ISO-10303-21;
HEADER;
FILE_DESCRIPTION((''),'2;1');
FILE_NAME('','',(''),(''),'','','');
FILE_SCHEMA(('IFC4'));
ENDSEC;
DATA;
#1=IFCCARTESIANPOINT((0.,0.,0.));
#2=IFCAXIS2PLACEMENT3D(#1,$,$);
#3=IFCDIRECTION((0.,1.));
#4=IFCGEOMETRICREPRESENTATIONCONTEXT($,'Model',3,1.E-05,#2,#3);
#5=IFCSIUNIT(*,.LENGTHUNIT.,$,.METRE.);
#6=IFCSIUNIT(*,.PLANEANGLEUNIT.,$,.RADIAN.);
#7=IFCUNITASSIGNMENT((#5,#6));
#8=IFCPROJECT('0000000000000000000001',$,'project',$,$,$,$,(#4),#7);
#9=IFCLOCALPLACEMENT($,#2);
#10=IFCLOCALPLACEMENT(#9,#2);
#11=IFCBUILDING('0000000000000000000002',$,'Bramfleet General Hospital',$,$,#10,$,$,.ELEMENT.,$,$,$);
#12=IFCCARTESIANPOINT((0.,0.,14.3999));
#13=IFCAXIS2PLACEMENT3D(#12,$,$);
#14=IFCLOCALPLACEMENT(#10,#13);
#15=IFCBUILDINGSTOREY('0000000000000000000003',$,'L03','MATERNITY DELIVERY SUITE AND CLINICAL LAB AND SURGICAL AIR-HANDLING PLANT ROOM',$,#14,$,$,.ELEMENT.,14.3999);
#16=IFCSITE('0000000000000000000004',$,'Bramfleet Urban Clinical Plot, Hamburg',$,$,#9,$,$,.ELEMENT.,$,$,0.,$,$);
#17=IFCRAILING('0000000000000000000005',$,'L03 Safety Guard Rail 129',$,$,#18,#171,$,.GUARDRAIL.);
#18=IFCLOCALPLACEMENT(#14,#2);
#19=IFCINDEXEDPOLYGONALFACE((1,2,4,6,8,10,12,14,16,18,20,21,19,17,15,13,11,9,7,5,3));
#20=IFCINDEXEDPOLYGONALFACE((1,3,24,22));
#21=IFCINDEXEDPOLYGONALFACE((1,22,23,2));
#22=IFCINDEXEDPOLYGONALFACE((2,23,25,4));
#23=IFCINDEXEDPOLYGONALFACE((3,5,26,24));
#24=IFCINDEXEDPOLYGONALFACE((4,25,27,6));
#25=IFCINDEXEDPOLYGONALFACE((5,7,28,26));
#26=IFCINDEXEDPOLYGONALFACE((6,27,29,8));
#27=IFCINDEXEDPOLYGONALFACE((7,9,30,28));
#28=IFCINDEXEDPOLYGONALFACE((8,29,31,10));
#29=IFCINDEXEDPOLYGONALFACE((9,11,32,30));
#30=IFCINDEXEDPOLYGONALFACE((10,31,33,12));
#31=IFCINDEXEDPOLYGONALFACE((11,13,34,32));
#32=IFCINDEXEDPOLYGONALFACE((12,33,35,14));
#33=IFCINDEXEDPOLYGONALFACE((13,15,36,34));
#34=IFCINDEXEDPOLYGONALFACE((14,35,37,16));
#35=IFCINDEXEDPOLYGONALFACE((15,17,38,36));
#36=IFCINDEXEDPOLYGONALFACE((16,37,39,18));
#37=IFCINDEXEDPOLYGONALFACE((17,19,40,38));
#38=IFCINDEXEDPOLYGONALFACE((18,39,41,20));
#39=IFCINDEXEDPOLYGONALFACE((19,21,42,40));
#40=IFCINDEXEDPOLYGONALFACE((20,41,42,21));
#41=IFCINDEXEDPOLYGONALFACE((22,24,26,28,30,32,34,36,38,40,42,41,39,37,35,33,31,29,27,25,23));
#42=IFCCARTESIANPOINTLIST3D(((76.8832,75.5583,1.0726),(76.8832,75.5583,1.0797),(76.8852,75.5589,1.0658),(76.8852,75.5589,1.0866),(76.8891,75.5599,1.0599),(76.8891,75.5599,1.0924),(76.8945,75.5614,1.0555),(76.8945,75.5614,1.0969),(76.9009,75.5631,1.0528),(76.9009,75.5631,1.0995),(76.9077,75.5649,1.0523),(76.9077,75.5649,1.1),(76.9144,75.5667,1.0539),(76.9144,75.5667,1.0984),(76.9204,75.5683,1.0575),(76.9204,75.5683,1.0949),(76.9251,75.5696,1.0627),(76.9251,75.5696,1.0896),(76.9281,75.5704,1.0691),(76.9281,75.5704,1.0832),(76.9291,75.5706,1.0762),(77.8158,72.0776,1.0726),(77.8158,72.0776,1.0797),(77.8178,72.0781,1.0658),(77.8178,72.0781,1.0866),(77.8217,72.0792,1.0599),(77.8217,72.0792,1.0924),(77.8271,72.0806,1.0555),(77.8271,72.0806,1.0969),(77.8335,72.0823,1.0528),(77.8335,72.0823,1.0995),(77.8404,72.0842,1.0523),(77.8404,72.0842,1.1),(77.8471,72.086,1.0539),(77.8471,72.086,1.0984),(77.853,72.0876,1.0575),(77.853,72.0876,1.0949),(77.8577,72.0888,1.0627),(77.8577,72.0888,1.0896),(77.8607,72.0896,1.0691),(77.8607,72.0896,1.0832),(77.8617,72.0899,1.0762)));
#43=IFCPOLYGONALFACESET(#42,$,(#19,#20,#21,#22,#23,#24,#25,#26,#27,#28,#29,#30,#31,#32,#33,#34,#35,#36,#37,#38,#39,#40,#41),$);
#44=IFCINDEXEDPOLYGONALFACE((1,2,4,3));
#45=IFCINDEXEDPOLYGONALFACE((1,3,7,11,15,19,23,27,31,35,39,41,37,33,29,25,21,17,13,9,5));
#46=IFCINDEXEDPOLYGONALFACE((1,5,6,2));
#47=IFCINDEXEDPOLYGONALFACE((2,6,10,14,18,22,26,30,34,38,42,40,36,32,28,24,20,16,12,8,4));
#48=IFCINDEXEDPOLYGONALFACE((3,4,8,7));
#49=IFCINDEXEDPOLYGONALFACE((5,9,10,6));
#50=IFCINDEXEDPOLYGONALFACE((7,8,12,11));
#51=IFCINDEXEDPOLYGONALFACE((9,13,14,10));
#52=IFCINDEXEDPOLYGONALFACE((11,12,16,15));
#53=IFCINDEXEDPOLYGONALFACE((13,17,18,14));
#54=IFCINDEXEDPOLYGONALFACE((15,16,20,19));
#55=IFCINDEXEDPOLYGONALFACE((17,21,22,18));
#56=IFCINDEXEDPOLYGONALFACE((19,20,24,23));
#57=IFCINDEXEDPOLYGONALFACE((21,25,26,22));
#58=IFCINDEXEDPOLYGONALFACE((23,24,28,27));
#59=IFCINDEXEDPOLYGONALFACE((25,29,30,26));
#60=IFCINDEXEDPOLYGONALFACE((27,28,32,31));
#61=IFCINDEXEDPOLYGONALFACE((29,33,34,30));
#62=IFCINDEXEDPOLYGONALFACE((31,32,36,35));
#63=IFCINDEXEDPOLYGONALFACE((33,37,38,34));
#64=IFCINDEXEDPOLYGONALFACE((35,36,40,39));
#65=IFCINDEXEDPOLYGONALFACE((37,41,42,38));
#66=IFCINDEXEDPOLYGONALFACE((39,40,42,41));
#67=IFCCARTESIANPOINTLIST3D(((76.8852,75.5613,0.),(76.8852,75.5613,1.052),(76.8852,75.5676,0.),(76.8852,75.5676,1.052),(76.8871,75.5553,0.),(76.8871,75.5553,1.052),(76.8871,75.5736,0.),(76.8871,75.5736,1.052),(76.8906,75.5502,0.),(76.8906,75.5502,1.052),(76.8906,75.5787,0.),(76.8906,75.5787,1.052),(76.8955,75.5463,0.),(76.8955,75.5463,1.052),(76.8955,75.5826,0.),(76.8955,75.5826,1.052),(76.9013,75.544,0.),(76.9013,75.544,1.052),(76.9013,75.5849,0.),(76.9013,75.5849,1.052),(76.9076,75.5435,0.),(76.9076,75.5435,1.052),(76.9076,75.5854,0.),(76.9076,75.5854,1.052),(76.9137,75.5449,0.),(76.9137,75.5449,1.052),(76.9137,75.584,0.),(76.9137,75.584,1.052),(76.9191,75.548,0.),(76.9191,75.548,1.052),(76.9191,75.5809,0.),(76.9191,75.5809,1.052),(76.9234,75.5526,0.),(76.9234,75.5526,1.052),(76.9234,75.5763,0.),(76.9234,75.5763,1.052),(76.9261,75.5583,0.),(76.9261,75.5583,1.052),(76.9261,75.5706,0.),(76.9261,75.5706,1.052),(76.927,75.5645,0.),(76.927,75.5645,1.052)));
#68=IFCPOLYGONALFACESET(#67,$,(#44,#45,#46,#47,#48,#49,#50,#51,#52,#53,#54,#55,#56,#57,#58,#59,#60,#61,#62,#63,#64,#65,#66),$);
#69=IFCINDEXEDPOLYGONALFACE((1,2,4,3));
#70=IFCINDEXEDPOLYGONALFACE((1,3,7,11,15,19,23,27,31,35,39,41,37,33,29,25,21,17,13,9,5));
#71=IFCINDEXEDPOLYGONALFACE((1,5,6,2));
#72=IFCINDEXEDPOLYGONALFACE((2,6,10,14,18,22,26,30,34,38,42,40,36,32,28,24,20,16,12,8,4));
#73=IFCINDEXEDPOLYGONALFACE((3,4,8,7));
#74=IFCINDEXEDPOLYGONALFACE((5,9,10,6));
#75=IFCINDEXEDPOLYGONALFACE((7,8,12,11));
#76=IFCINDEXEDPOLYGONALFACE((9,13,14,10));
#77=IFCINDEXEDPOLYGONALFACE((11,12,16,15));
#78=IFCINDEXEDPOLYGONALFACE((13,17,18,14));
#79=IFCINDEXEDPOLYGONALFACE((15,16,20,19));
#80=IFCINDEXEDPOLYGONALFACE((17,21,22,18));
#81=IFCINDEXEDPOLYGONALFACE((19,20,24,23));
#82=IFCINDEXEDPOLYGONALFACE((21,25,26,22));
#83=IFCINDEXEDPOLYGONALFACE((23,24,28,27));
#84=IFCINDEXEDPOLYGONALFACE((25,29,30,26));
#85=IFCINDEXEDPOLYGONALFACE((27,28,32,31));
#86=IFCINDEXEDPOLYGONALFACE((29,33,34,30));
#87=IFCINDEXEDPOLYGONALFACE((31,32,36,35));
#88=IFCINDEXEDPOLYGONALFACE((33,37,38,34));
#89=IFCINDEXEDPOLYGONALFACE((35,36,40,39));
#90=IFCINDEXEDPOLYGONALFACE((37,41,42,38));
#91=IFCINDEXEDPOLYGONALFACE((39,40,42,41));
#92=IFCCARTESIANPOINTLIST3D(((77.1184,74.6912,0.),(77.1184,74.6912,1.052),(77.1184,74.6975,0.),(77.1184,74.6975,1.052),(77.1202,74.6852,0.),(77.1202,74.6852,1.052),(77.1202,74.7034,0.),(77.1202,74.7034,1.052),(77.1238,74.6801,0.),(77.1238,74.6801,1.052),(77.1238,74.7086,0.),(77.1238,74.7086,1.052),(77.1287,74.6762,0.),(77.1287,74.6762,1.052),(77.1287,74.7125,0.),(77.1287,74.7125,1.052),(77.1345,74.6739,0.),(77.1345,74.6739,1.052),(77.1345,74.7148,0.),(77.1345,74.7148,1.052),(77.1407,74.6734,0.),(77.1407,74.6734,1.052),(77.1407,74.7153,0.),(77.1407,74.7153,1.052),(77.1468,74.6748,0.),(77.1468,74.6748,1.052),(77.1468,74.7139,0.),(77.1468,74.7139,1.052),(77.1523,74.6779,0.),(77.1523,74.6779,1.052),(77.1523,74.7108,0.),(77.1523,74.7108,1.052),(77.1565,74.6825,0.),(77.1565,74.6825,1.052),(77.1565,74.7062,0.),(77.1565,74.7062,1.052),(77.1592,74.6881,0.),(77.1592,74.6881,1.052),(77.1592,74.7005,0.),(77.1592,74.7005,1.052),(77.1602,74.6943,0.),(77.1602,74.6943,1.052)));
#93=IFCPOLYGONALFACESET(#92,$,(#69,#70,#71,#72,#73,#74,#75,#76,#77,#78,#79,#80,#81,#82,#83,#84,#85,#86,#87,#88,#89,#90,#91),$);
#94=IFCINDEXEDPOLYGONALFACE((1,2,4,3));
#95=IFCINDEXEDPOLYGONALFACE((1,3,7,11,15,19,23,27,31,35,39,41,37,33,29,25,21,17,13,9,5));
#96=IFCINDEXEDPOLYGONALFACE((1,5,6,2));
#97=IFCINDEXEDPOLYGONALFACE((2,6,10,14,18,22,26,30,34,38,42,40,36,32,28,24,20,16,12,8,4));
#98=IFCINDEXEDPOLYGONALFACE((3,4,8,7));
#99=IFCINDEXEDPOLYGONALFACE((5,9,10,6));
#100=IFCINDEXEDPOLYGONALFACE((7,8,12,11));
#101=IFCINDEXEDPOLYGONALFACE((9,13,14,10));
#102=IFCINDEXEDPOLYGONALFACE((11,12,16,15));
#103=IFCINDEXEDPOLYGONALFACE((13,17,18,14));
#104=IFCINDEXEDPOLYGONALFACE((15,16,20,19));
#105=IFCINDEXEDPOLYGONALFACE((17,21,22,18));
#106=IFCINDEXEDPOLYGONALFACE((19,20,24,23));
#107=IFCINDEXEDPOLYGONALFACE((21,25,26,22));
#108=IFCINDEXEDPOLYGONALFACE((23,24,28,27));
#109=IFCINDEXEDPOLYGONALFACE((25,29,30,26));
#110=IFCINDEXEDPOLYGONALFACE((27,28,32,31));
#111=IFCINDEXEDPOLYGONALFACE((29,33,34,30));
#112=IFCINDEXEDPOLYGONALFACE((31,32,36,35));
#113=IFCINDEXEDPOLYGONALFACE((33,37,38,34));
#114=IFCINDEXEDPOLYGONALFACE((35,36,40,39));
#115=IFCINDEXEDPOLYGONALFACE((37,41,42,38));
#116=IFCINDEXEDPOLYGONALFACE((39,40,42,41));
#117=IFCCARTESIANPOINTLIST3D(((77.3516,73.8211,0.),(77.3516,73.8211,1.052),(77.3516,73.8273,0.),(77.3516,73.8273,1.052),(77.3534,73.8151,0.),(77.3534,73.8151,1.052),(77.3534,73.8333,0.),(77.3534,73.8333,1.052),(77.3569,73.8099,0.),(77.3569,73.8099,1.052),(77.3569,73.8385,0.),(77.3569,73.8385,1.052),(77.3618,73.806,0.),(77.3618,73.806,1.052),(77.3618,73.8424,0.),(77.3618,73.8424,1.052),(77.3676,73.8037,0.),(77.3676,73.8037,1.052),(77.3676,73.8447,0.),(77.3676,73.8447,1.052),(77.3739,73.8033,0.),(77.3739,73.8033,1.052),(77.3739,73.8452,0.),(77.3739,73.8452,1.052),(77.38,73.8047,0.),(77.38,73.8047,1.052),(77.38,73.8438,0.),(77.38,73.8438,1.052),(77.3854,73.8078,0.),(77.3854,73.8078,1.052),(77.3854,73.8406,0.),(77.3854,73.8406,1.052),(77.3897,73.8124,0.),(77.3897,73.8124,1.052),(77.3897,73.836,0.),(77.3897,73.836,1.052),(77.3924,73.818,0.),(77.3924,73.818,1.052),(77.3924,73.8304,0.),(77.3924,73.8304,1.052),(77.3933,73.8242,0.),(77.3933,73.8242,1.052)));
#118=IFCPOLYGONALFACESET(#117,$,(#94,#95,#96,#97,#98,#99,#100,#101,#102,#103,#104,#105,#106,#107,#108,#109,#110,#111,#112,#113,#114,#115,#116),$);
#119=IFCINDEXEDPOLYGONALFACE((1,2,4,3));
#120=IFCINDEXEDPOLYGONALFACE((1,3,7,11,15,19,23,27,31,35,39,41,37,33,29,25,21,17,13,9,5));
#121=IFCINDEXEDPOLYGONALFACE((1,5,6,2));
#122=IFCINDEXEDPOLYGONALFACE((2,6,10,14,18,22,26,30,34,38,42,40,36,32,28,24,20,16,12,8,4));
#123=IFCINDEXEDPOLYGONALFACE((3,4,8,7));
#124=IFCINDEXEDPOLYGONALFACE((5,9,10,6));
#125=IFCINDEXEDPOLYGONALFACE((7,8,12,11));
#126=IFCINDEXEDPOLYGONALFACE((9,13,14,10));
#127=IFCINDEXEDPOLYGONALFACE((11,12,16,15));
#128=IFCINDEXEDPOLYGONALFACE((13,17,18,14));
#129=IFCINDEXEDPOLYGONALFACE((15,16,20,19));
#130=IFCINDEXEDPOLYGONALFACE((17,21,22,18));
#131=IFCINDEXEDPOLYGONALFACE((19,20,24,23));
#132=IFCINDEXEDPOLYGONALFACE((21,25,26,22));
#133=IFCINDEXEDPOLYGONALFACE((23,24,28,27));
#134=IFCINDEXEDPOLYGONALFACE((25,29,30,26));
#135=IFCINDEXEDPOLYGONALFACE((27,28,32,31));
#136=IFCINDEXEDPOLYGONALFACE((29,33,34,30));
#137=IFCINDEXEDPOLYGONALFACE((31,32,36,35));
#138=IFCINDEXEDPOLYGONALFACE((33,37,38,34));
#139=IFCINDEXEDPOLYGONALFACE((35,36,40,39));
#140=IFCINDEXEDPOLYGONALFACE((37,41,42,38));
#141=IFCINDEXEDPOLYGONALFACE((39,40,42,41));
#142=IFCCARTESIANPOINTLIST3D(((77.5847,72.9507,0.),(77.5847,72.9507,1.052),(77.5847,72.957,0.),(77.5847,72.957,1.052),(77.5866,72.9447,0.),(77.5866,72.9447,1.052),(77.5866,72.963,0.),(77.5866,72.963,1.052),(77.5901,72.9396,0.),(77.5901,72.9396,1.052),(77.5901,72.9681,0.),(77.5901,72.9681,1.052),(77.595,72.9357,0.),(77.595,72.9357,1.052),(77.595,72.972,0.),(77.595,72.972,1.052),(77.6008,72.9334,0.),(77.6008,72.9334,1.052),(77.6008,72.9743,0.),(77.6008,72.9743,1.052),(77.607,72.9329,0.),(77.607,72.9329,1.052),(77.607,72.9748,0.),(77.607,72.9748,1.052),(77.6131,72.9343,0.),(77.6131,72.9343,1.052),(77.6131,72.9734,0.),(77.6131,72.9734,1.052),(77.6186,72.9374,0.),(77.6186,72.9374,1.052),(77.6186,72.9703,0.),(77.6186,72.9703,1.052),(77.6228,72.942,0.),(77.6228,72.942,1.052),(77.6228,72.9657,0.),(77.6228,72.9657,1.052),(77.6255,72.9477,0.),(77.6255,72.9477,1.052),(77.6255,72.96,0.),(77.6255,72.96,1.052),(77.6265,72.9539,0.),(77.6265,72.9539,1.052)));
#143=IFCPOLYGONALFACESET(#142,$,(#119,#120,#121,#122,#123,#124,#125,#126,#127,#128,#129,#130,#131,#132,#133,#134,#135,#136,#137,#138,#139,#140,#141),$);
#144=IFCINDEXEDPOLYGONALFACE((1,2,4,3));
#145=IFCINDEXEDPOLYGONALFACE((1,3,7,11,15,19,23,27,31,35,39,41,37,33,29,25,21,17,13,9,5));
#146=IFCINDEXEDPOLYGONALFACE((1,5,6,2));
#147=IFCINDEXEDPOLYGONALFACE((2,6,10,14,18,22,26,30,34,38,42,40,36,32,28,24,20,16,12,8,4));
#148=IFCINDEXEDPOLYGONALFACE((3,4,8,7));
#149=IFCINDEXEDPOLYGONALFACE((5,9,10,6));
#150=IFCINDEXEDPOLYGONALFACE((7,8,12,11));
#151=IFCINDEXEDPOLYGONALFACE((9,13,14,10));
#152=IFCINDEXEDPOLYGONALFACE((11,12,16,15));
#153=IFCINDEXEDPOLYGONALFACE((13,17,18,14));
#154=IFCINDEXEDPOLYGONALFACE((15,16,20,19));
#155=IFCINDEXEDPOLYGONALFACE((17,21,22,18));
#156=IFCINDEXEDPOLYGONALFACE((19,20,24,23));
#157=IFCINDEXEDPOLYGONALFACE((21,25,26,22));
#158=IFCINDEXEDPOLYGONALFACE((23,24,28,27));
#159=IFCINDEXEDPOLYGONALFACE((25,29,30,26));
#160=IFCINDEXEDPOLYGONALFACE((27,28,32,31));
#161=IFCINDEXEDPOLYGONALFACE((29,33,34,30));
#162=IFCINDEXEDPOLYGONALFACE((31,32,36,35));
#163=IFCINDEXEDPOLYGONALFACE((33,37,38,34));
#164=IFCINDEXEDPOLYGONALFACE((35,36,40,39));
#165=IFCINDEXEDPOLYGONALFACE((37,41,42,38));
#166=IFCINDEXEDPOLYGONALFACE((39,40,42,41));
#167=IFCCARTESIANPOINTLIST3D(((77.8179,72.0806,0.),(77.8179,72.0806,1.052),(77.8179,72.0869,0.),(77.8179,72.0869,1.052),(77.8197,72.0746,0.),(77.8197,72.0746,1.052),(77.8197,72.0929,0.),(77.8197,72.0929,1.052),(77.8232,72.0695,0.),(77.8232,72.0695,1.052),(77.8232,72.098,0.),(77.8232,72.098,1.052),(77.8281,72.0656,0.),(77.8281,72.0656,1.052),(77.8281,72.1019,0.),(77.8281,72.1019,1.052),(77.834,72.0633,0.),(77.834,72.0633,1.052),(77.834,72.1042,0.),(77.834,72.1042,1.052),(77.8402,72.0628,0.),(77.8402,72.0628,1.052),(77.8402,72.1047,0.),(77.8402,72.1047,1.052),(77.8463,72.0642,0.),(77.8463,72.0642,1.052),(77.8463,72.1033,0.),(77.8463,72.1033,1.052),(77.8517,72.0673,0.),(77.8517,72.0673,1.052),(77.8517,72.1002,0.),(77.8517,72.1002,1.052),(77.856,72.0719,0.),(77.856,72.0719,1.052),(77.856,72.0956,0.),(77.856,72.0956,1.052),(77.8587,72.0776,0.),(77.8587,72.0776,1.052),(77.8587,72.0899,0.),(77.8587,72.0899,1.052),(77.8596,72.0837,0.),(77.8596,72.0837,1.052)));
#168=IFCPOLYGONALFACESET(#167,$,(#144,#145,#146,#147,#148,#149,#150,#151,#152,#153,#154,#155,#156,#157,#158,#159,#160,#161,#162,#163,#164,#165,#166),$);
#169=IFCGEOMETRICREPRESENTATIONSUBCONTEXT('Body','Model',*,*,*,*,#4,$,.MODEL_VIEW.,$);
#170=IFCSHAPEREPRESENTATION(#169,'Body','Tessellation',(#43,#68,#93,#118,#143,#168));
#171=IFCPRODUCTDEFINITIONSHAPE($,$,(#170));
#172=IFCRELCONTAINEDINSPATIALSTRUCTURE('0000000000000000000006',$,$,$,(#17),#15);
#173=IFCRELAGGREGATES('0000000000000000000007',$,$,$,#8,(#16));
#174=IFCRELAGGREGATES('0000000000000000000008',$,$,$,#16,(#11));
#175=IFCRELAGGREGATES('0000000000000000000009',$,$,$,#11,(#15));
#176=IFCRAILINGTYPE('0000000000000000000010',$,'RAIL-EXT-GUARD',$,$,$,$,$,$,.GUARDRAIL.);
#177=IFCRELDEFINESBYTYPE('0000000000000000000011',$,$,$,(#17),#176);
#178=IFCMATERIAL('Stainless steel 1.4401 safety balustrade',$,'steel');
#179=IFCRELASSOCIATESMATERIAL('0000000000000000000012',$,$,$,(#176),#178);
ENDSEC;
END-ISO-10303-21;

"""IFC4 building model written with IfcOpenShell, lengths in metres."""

from ifc_helpers import new_model, si_unit, direction, frame, origin, origin_2d, place, context, subcontext, project, spatial, circle, extrude, material, type_object, element, save


model = new_model("IFC4")

# Units and contexts
model_context = context("Model", 3, precision=1e-05, world=origin(), true_north=direction((0.0, 1.0)))
body_context = subcontext(model_context, "Body", "Model", "MODEL_VIEW")
ifc_project = project(units=[si_unit("LENGTHUNIT", "METRE"), si_unit("PLANEANGLEUNIT", "RADIAN")], contexts=[model_context])

# Site, building, storey
site_placement = place(None, origin())
site = spatial("IfcSite", under=ifc_project, at=site_placement, Name="Bramfleet Urban Clinical Plot, Hamburg", CompositionType="ELEMENT", RefElevation=0.0)
building_placement = place(site_placement, origin())
building = spatial("IfcBuilding", under=site, at=building_placement, Name="Bramfleet General Hospital", CompositionType="ELEMENT")
storey_placement = place(building_placement, frame((0.0, 0.0, 14.3999)))
storey = spatial("IfcBuildingStorey", under=building, at=storey_placement, Name="L03", Description="MATERNITY DELIVERY SUITE AND CLINICAL LAB AND SURGICAL AIR-HANDLING PLANT ROOM", CompositionType="ELEMENT", Elevation=14.3999)

# Railing
ifc_material_1 = material(Name="Stainless steel 1.4401 safety balustrade", Category="steel")
railing_type = type_object("IfcRailingType", Name="RAIL-EXT-GUARD", PredefinedType="GUARDRAIL", material=ifc_material_1)
railing_placement = place(storey_placement, frame((76.906, 75.5645, 0.0)))
element("IfcRailing", 1, at=railing_placement, inside=storey, type_object=railing_type, Name="L03 Safety Guard Rail 129", PredefinedType="GUARDRAIL", context=body_context, shape_type="SweptSolid", body=[
    extrude(circle(Radius=0.0239, at=origin_2d()), frame((0.0, 0.0, 1.0762), z_axis=(0.258809, -0.965928, 0.0), x_axis=(0.965928, 0.258809, 0.0)), (0.0, 0.0, 1.0), 3.6035),
    extrude(circle(Radius=0.021, at=origin_2d()), origin(), (0.0, 0.0, 1.0), 1.052),
    extrude(circle(Radius=0.021, at=origin_2d()), frame((0.2332, -0.8701, 0.0)), (0.0, 0.0, 1.0), 1.052),
    extrude(circle(Radius=0.021, at=origin_2d()), frame((0.4663, -1.7402, 0.0)), (0.0, 0.0, 1.0), 1.052),
    extrude(circle(Radius=0.021, at=origin_2d()), frame((0.6995, -2.6106, 0.0)), (0.0, 0.0, 1.0), 1.052),
    extrude(circle(Radius=0.021, at=origin_2d()), frame((0.9326, -3.4807, 0.0)), (0.0, 0.0, 1.0), 1.052),
])

save(model, "model.ifc")
